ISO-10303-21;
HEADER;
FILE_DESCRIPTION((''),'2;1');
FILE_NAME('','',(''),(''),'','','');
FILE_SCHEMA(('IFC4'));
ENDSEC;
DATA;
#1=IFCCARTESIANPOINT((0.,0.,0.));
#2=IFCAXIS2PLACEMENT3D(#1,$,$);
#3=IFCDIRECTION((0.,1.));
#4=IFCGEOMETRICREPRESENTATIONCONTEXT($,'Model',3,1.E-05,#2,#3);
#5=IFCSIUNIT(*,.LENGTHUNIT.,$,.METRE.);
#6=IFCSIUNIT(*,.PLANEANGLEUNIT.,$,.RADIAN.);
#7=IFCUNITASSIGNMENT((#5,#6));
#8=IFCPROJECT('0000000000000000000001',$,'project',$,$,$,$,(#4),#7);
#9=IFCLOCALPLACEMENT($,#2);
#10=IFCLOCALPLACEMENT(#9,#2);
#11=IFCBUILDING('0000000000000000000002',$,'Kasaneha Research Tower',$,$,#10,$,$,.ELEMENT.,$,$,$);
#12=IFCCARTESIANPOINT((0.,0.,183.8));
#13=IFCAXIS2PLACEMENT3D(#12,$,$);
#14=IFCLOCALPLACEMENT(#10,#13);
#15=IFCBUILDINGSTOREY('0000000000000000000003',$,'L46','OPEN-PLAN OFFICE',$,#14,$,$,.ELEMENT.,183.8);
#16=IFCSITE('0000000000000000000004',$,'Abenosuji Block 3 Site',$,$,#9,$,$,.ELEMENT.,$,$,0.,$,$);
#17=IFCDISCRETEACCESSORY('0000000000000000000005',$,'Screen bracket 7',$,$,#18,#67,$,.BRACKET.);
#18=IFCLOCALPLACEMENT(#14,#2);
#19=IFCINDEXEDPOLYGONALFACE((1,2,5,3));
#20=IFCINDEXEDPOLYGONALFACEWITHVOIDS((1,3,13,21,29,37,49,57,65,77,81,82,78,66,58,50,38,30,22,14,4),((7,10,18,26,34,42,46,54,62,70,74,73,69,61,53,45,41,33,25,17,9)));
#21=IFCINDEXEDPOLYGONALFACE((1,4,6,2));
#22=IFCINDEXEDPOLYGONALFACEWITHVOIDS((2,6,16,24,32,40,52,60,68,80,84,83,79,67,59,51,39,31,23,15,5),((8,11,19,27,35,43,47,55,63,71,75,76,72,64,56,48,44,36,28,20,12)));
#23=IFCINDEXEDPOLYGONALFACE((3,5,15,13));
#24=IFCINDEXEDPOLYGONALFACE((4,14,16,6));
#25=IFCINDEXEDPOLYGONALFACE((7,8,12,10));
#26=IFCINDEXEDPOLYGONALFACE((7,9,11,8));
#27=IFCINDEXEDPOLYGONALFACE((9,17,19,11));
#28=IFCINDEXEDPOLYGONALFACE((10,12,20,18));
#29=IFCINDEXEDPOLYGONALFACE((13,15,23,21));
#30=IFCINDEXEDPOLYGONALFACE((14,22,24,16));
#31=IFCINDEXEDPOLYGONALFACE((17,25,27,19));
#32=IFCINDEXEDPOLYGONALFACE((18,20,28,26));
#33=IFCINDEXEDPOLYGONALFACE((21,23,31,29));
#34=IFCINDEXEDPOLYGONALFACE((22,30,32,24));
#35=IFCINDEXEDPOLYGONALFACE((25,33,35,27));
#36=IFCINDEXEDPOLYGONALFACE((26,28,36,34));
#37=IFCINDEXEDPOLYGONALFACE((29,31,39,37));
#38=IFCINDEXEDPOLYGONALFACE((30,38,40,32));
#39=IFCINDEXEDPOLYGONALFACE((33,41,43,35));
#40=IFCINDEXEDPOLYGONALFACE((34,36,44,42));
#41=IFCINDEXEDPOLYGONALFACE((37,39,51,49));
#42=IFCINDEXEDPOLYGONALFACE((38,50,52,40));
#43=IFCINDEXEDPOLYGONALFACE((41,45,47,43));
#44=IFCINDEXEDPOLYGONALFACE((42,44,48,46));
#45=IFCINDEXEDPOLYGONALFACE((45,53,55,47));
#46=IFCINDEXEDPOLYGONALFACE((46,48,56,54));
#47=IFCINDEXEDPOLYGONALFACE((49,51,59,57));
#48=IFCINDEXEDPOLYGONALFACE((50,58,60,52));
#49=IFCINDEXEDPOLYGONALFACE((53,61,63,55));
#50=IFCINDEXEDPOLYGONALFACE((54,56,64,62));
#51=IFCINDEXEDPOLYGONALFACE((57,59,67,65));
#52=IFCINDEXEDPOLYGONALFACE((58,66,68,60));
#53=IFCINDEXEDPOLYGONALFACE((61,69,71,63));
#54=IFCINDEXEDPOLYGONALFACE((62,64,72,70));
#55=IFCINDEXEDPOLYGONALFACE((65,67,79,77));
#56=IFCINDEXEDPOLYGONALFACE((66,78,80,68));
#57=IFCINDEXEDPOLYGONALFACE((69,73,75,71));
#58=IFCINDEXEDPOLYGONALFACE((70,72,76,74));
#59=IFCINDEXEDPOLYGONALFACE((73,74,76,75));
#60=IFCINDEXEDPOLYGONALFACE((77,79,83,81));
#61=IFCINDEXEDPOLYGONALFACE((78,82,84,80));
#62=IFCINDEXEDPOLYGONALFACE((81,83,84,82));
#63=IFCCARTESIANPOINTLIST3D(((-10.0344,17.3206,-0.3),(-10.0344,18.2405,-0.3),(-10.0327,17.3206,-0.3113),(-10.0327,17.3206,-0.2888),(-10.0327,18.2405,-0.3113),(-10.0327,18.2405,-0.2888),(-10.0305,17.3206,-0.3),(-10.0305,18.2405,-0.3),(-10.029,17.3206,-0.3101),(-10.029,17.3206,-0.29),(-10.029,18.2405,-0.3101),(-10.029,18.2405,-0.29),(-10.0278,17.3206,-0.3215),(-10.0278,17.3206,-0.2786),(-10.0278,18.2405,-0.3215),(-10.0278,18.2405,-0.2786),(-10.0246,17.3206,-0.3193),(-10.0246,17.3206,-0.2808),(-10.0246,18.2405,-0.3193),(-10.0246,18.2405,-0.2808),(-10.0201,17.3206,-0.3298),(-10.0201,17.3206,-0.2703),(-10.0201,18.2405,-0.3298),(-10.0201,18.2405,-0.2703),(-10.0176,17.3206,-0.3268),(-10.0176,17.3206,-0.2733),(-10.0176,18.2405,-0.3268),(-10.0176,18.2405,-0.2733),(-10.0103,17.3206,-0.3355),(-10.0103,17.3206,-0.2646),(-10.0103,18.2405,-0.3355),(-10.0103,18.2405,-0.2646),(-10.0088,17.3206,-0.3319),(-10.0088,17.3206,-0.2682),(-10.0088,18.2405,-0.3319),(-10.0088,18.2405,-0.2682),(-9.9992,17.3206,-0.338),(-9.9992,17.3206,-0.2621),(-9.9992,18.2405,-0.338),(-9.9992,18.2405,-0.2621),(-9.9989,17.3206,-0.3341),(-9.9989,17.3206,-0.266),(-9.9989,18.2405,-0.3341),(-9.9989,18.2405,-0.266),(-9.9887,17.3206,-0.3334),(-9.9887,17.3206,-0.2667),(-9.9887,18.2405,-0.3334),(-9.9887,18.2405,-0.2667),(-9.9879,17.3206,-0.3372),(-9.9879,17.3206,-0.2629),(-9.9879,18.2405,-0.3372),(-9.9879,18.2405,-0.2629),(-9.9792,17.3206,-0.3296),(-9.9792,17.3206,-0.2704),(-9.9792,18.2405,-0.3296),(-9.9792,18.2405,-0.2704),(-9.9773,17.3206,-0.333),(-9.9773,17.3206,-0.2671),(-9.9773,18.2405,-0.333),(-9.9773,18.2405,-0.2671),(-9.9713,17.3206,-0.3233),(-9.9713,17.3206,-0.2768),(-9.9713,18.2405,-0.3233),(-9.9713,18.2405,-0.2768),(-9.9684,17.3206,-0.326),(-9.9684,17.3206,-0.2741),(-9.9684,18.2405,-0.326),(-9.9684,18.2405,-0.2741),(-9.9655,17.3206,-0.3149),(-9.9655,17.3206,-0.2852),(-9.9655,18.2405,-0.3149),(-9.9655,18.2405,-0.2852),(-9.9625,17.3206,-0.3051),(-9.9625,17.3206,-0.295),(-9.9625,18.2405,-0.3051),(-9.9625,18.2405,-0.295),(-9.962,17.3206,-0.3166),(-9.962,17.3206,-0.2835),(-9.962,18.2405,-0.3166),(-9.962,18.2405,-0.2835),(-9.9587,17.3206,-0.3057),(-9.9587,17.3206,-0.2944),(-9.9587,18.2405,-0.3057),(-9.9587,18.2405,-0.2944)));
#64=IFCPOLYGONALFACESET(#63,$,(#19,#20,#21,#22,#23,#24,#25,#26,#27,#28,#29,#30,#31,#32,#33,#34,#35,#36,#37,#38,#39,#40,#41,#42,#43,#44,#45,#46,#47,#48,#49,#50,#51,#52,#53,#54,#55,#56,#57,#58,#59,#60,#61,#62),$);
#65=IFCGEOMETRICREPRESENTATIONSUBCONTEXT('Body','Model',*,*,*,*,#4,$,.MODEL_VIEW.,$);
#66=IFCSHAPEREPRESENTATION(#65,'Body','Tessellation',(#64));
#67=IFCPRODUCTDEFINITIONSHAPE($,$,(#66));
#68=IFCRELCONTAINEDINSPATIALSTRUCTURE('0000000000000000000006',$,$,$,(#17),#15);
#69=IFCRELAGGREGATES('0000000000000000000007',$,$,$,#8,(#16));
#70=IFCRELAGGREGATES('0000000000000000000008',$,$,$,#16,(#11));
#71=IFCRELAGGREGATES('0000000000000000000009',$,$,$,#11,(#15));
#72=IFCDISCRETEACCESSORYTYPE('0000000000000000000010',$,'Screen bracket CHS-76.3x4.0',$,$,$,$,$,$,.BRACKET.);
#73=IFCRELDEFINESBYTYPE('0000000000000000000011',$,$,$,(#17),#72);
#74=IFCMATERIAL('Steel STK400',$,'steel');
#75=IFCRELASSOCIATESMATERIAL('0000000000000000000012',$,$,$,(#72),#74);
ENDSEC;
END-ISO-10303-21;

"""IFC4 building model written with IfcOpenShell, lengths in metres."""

from ifc_helpers import new_model, si_unit, direction, frame, origin, origin_2d, place, context, subcontext, project, spatial, hollow_circle, extrude, material, material_profile, profile_set, type_object, element, save


model = new_model("IFC4")

# Units and contexts
model_context = context("Model", 3, precision=1e-05, world=origin(), true_north=direction((0.0, 1.0)))
body_context = subcontext(model_context, "Body", "Model", "MODEL_VIEW")
ifc_project = project(units=[si_unit("LENGTHUNIT", "METRE"), si_unit("PLANEANGLEUNIT", "RADIAN")], contexts=[model_context])

# Site, building, storey
site_placement = place(None, origin())
site = spatial("IfcSite", under=ifc_project, at=site_placement, Name="Abenosuji Block 3 Site", CompositionType="ELEMENT", RefElevation=0.0)
building_placement = place(site_placement, origin())
building = spatial("IfcBuilding", under=site, at=building_placement, Name="Kasaneha Research Tower", CompositionType="ELEMENT")
storey_placement = place(building_placement, frame((0.0, 0.0, 183.8)))
storey = spatial("IfcBuildingStorey", under=building, at=storey_placement, Name="L46", Description="OPEN-PLAN OFFICE", CompositionType="ELEMENT", Elevation=183.8)

# Discrete accessory
ifc_material_1 = material(Name="Steel STK400", Category="steel")
ifc_material_profile_1 = material_profile(ifc_material_1, hollow_circle(Radius=0.0381, WallThickness=0.0039, at=origin_2d()), Name="CHS-76.3x4.0")
ifc_profile_set_1 = profile_set([ifc_material_profile_1], Name="Steel STK400")
discrete_accessory_type = type_object("IfcDiscreteAccessoryType", Name="Screen bracket CHS-76.3x4.0", PredefinedType="BRACKET", material=ifc_profile_set_1)
for number, where, z_axis, x_axis, name in (
    (1, (-9.9963, 17.3206, -0.3), (0.0, 1.0, 0.0), (-1.0, 0.0, 0.0), "Screen bracket 7"),
):
    element("IfcDiscreteAccessory", number, at=place(storey_placement, frame(where, z_axis=z_axis, x_axis=x_axis)), inside=storey, type_object=discrete_accessory_type, Name=name, PredefinedType="BRACKET", context=body_context, shape_type="SweptSolid", body=[
        extrude(hollow_circle(Radius=0.0381, WallThickness=0.0039, at=origin_2d()), origin(), (0.0, 0.0, 1.0), 0.9199),
    ])

save(model, "model.ifc")
